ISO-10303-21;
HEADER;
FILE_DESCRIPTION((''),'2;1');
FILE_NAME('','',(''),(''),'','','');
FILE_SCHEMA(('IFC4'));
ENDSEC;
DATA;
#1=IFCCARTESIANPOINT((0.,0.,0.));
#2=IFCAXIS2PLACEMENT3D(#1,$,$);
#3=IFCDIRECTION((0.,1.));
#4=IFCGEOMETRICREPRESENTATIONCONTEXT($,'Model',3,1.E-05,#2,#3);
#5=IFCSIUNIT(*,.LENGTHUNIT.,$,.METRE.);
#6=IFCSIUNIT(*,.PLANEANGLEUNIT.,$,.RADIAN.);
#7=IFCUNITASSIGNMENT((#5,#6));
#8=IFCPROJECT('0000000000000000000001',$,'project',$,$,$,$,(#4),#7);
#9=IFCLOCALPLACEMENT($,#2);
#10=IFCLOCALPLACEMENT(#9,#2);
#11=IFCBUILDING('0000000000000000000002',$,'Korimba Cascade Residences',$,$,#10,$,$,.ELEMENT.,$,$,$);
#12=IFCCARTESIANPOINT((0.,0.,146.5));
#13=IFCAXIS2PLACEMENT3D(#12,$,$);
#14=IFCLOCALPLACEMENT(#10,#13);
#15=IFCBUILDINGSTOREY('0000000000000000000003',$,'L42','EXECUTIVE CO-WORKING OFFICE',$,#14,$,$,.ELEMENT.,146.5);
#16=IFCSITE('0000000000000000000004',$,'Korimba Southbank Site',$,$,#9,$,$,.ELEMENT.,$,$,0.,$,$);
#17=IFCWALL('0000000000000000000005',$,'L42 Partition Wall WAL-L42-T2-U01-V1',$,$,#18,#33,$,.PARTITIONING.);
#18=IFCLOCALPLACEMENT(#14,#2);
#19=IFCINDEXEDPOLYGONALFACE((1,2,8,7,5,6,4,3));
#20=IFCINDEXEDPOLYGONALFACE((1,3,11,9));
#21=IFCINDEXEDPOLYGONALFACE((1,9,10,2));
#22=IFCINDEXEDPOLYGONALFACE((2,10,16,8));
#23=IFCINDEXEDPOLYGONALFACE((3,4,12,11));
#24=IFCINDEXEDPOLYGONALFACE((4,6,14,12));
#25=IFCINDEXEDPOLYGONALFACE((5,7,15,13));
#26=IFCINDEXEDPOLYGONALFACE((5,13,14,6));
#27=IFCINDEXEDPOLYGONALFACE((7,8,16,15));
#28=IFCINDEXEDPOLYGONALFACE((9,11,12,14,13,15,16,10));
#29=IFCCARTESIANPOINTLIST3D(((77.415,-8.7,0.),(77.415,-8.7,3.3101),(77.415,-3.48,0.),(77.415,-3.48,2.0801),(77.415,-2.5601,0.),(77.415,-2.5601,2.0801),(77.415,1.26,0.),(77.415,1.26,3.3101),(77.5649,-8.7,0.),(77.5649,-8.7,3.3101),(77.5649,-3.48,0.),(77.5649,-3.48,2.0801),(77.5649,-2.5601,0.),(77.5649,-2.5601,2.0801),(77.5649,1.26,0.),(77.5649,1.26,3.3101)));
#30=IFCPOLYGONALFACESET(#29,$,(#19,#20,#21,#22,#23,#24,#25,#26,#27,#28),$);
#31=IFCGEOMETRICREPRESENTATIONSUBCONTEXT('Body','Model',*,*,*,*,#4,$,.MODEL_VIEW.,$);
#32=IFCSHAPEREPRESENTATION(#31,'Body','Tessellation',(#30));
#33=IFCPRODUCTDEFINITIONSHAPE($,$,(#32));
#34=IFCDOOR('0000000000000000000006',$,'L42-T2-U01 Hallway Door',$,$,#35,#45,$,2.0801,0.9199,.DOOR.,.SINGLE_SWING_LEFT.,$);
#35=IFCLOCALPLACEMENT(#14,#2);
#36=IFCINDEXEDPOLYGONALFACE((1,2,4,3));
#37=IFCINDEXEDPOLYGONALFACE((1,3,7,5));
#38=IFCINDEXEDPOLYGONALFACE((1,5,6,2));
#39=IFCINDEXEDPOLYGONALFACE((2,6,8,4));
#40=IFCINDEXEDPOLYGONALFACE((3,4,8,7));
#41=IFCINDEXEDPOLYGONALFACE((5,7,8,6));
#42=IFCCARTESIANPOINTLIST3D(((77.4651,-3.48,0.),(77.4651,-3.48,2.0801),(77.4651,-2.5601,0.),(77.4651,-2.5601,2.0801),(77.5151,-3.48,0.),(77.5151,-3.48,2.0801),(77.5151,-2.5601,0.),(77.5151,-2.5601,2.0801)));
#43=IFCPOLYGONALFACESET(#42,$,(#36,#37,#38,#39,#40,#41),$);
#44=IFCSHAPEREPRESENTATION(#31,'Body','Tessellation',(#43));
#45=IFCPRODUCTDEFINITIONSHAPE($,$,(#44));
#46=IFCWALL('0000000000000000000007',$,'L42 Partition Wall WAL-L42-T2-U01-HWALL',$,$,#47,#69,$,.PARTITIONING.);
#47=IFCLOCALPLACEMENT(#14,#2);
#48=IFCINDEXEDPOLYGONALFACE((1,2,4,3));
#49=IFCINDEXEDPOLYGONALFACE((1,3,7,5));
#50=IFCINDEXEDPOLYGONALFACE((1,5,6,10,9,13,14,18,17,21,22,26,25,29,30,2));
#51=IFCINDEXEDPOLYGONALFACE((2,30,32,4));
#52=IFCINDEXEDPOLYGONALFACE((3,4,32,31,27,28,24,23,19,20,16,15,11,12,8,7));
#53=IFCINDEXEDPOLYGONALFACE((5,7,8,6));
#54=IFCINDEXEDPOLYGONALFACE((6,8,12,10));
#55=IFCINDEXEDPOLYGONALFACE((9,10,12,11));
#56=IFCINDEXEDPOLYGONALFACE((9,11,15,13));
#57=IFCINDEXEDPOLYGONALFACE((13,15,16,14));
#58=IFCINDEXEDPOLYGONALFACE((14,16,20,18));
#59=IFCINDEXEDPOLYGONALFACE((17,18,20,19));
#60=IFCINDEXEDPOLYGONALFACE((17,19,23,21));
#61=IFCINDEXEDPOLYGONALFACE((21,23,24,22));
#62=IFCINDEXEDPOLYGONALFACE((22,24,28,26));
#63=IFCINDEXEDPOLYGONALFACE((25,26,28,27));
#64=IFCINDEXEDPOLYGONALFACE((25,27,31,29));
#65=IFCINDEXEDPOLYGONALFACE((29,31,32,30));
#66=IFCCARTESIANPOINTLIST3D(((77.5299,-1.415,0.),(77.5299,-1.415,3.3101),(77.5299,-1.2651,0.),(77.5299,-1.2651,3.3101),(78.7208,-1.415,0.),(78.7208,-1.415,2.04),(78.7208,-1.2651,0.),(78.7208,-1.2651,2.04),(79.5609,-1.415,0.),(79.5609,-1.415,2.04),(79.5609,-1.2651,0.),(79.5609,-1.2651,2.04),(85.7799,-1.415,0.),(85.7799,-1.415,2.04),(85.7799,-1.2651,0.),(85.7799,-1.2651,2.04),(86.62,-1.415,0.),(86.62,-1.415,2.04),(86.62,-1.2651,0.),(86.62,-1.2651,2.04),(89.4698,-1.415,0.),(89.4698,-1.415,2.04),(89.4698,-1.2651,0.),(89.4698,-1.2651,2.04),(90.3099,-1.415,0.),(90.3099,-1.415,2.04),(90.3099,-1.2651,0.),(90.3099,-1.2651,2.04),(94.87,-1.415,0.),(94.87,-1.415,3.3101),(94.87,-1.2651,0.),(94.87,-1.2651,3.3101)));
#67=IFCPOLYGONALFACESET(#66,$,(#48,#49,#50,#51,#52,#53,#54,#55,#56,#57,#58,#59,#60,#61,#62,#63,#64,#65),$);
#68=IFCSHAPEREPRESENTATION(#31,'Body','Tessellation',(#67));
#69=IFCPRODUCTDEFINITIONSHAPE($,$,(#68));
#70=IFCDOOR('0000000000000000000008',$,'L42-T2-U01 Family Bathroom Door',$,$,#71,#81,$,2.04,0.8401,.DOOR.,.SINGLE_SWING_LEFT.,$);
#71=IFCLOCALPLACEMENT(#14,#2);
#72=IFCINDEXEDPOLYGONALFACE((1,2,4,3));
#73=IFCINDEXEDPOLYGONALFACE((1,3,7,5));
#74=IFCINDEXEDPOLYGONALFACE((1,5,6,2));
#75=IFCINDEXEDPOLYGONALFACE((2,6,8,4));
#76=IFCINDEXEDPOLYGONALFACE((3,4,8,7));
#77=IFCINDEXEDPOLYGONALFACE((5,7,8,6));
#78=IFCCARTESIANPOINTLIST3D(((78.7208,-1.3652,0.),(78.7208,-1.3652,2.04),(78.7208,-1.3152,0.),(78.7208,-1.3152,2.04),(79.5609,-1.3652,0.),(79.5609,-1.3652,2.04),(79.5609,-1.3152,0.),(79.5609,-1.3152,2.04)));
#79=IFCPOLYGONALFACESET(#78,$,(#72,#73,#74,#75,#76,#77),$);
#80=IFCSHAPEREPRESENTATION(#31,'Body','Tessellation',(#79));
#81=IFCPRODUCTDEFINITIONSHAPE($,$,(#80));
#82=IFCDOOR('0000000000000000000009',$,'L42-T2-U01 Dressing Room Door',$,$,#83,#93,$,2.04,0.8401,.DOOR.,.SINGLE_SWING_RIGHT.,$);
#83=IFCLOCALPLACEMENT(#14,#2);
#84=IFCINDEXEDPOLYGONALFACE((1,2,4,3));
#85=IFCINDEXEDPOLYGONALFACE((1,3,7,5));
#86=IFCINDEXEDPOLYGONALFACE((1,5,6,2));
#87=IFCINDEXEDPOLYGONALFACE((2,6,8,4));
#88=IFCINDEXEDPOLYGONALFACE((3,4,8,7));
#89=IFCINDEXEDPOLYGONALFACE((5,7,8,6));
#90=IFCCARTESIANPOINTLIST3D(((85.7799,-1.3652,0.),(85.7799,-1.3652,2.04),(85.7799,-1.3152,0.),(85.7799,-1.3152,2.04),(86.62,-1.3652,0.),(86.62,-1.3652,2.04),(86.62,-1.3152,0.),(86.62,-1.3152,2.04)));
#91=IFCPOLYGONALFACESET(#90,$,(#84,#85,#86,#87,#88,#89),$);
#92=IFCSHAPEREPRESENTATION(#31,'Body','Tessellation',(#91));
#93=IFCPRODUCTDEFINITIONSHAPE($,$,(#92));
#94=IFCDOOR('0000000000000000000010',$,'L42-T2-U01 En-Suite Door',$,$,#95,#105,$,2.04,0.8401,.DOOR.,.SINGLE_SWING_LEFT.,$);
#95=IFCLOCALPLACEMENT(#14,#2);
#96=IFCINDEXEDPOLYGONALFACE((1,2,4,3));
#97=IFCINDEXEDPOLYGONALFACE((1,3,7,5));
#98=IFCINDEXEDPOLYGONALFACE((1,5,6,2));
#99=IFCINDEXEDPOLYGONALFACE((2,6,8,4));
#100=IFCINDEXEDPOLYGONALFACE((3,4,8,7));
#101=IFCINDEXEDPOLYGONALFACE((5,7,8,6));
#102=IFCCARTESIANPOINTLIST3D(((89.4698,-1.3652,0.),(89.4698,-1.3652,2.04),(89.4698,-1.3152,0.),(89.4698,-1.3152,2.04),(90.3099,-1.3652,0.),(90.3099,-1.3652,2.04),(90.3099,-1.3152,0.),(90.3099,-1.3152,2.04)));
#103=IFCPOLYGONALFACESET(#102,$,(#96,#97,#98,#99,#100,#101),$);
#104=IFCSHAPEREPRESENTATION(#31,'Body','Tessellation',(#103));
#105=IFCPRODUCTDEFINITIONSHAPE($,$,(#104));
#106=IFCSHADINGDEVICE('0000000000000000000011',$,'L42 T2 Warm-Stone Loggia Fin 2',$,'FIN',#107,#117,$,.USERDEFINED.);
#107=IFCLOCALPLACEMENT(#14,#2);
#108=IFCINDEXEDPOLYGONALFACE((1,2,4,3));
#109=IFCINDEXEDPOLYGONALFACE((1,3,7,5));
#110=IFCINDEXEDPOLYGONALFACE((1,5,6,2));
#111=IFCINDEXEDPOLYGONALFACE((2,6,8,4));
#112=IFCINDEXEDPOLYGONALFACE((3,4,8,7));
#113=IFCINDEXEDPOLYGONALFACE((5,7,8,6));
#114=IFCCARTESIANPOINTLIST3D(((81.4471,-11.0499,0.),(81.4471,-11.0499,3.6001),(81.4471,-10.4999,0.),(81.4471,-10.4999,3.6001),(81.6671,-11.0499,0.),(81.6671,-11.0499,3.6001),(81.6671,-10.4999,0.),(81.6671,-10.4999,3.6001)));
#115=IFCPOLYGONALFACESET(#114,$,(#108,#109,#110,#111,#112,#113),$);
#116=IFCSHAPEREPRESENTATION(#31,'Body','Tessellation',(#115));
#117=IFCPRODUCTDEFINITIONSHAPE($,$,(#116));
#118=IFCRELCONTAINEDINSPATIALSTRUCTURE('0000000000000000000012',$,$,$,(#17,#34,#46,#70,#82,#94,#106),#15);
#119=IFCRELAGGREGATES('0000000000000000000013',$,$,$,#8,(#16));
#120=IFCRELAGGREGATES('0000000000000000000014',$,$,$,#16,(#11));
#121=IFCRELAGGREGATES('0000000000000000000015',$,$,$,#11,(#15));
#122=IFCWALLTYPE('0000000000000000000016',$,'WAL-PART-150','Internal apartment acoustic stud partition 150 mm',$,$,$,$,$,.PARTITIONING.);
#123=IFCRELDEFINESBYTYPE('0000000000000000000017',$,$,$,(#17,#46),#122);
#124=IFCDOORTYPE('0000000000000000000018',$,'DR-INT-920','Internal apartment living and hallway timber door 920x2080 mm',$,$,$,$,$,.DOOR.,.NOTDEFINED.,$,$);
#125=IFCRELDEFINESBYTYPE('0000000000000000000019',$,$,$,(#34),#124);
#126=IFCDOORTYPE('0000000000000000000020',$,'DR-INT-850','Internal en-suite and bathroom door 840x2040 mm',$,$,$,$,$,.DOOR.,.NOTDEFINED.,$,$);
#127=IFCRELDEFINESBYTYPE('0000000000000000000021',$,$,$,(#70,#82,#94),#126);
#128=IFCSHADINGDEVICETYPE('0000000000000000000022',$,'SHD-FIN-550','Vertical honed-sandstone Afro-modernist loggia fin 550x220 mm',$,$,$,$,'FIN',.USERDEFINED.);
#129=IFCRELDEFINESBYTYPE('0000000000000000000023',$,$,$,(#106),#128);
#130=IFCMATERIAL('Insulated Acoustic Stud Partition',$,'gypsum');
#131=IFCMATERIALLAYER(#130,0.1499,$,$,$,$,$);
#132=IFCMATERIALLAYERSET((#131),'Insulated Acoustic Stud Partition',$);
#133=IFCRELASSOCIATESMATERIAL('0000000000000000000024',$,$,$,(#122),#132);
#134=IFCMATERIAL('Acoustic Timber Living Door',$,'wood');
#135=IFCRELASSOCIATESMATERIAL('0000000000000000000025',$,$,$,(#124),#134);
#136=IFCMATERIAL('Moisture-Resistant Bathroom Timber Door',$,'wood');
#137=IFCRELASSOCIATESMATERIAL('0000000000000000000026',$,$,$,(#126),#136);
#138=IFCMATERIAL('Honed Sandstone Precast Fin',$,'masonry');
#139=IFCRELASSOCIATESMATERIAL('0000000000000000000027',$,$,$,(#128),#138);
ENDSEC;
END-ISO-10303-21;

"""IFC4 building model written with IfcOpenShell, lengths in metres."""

from ifc_helpers import new_model, si_unit, direction, frame, frame_2d, origin, origin_2d, place, context, subcontext, project, spatial, rectangle, extrude, material, layer, layer_set, type_object, element, fill, save


model = new_model("IFC4")

# Units and contexts
model_context = context("Model", 3, precision=1e-05, world=origin(), true_north=direction((0.0, 1.0)))
body_context = subcontext(model_context, "Body", "Model", "MODEL_VIEW")
ifc_project = project(units=[si_unit("LENGTHUNIT", "METRE"), si_unit("PLANEANGLEUNIT", "RADIAN")], contexts=[model_context])

# Site, building, storey
site_placement = place(None, origin())
site = spatial("IfcSite", under=ifc_project, at=site_placement, Name="Korimba Southbank Site", CompositionType="ELEMENT", RefElevation=0.0)
building_placement = place(site_placement, origin())
building = spatial("IfcBuilding", under=site, at=building_placement, Name="Korimba Cascade Residences", CompositionType="ELEMENT")
storey_placement = place(building_placement, frame((0.0, 0.0, 146.5)))
storey = spatial("IfcBuildingStorey", under=building, at=storey_placement, Name="L42", Description="EXECUTIVE CO-WORKING OFFICE", CompositionType="ELEMENT", Elevation=146.5)

# Shared definitions
ifc_material_1 = material(Name="Insulated Acoustic Stud Partition", Category="gypsum")
ifc_layer_1 = layer(ifc_material_1, 0.1499)
ifc_layer_set_1 = layer_set([ifc_layer_1], Name="Insulated Acoustic Stud Partition")
wall_type_1 = type_object("IfcWallType", Name="WAL-PART-150", Description="Internal apartment acoustic stud partition 150 mm", PredefinedType="PARTITIONING", material=ifc_layer_set_1)

# Wall, opening, door
wall_1_placement = place(storey_placement, frame((77.49, -8.7, 0.0), z_axis=(0.0, 0.0, 1.0), x_axis=(0.0, 1.0, 0.0)))
wall_1 = element("IfcWall", 1, at=wall_1_placement, inside=storey, type_object=wall_type_1, Name="L42 Partition Wall WAL-L42-T2-U01-V1", PredefinedType="PARTITIONING", context=body_context, shape_type="SweptSolid", body=[
    extrude(rectangle(XDim=9.96, YDim=0.1499, at=frame_2d((4.98, 0.0))), origin(), (0.0, 0.0, 1.0), 3.3101),
])
opening_1_placement = place(wall_1_placement, frame((5.22, 0.0, 0.0)))
opening_1 = element("IfcOpeningElement", 2, at=opening_1_placement, cuts=wall_1, PredefinedType="OPENING", context=body_context, shape_type="SweptSolid", body=[
    extrude(rectangle(XDim=0.9199, YDim=2.0801, at=frame_2d((0.46, 1.04))), frame((0.0, 0.085, 0.0), z_axis=(0.0, -1.0, 0.0), x_axis=(1.0, 0.0, 0.0)), (0.0, 0.0, 1.0), 0.1699),
])
ifc_material_2 = material(Name="Acoustic Timber Living Door", Category="wood")
door_type_1 = type_object("IfcDoorType", Name="DR-INT-920", Description="Internal apartment living and hallway timber door 920x2080 mm", OperationType="NOTDEFINED", PredefinedType="DOOR", material=ifc_material_2)
door_1_placement = place(opening_1_placement, origin())
door_1 = element("IfcDoor", 3, at=door_1_placement, inside=storey, type_object=door_type_1, Name="L42-T2-U01 Hallway Door", OperationType="SINGLE_SWING_LEFT", OverallHeight=2.0801, OverallWidth=0.9199, PredefinedType="DOOR", context=body_context, shape_type="SweptSolid", body=[
    extrude(rectangle(XDim=0.9199, YDim=2.0801, at=frame_2d((0.46, 1.04))), frame((0.0, 0.0249, 0.0), z_axis=(0.0, -1.0, 0.0), x_axis=(1.0, 0.0, 0.0)), (0.0, 0.0, 1.0), 0.05),
])
fill(opening_1, door_1)

# Wall, openings, doors
wall_2_placement = place(storey_placement, frame((77.53, -1.3401, 0.0), z_axis=(0.0, 0.0, 1.0), x_axis=(1.0, 0.0, 0.0)))
wall_2 = element("IfcWall", 4, at=wall_2_placement, inside=storey, type_object=wall_type_1, Name="L42 Partition Wall WAL-L42-T2-U01-HWALL", PredefinedType="PARTITIONING", context=body_context, shape_type="SweptSolid", body=[
    extrude(rectangle(XDim=17.3401, YDim=0.1499, at=frame_2d((8.6699, 0.0))), origin(), (0.0, 0.0, 1.0), 3.3101),
])
opening_2_placement = place(wall_2_placement, frame((1.1909, 0.0, 0.0)))
opening_2 = element("IfcOpeningElement", 5, at=opening_2_placement, cuts=wall_2, PredefinedType="OPENING", context=body_context, shape_type="SweptSolid", body=[
    extrude(rectangle(XDim=0.8401, YDim=2.04, at=frame_2d((0.4199, 1.02))), frame((0.0, 0.085, 0.0), z_axis=(0.0, -1.0, 0.0), x_axis=(1.0, 0.0, 0.0)), (0.0, 0.0, 1.0), 0.1699),
])
opening_3_placement = place(wall_2_placement, frame((8.25, 0.0, 0.0)))
opening_3 = element("IfcOpeningElement", 6, at=opening_3_placement, cuts=wall_2, PredefinedType="OPENING", context=body_context, shape_type="SweptSolid", body=[
    extrude(rectangle(XDim=0.8401, YDim=2.04, at=frame_2d((0.4199, 1.02))), frame((0.0, 0.085, 0.0), z_axis=(0.0, -1.0, 0.0), x_axis=(1.0, 0.0, 0.0)), (0.0, 0.0, 1.0), 0.1699),
])
opening_4_placement = place(wall_2_placement, frame((11.9399, 0.0, 0.0)))
opening_4 = element("IfcOpeningElement", 7, at=opening_4_placement, cuts=wall_2, PredefinedType="OPENING", context=body_context, shape_type="SweptSolid", body=[
    extrude(rectangle(XDim=0.8401, YDim=2.04, at=frame_2d((0.4199, 1.02))), frame((0.0, 0.085, 0.0), z_axis=(0.0, -1.0, 0.0), x_axis=(1.0, 0.0, 0.0)), (0.0, 0.0, 1.0), 0.1699),
])
ifc_material_3 = material(Name="Moisture-Resistant Bathroom Timber Door", Category="wood")
door_type_2 = type_object("IfcDoorType", Name="DR-INT-850", Description="Internal en-suite and bathroom door 840x2040 mm", OperationType="NOTDEFINED", PredefinedType="DOOR", material=ifc_material_3)
door_2_placement = place(opening_2_placement, origin())
door_2 = element("IfcDoor", 8, at=door_2_placement, inside=storey, type_object=door_type_2, Name="L42-T2-U01 Family Bathroom Door", OperationType="SINGLE_SWING_LEFT", OverallHeight=2.04, OverallWidth=0.8401, PredefinedType="DOOR", context=body_context, shape_type="SweptSolid", body=[
    extrude(rectangle(XDim=0.8401, YDim=2.04, at=frame_2d((0.4199, 1.02))), frame((0.0, 0.0249, 0.0), z_axis=(0.0, -1.0, 0.0), x_axis=(1.0, 0.0, 0.0)), (0.0, 0.0, 1.0), 0.05),
])
fill(opening_2, door_2)
door_3_placement = place(opening_3_placement, origin())
door_3 = element("IfcDoor", 9, at=door_3_placement, inside=storey, type_object=door_type_2, Name="L42-T2-U01 Dressing Room Door", OperationType="SINGLE_SWING_RIGHT", OverallHeight=2.04, OverallWidth=0.8401, PredefinedType="DOOR", context=body_context, shape_type="SweptSolid", body=[
    extrude(rectangle(XDim=0.8401, YDim=2.04, at=frame_2d((0.4199, 1.02))), frame((0.0, 0.0249, 0.0), z_axis=(0.0, -1.0, 0.0), x_axis=(1.0, 0.0, 0.0)), (0.0, 0.0, 1.0), 0.05),
])
fill(opening_3, door_3)
door_4_placement = place(opening_4_placement, origin())
door_4 = element("IfcDoor", 10, at=door_4_placement, inside=storey, type_object=door_type_2, Name="L42-T2-U01 En-Suite Door", OperationType="SINGLE_SWING_LEFT", OverallHeight=2.04, OverallWidth=0.8401, PredefinedType="DOOR", context=body_context, shape_type="SweptSolid", body=[
    extrude(rectangle(XDim=0.8401, YDim=2.04, at=frame_2d((0.4199, 1.02))), frame((0.0, 0.0249, 0.0), z_axis=(0.0, -1.0, 0.0), x_axis=(1.0, 0.0, 0.0)), (0.0, 0.0, 1.0), 0.05),
])
fill(opening_4, door_4)

# Shading device
ifc_material_4 = material(Name="Honed Sandstone Precast Fin", Category="masonry")
shading_device_type = type_object("IfcShadingDeviceType", Name="SHD-FIN-550", Description="Vertical honed-sandstone Afro-modernist loggia fin 550x220 mm", ElementType="FIN", PredefinedType="USERDEFINED", material=ifc_material_4)
shading_device_placement = place(storey_placement, frame((81.5571, -10.7749, 0.0), z_axis=(0.0, 0.0, 1.0), x_axis=(1.0, 0.0, 0.0)))
element("IfcShadingDevice", 11, at=shading_device_placement, inside=storey, type_object=shading_device_type, Name="L42 T2 Warm-Stone Loggia Fin 2", ObjectType="FIN", PredefinedType="USERDEFINED", context=body_context, shape_type="SweptSolid", body=[
    extrude(rectangle(XDim=0.22, YDim=0.55, at=origin_2d()), origin(), (0.0, 0.0, 1.0), 3.6001),
])

save(model, "model.ifc")
